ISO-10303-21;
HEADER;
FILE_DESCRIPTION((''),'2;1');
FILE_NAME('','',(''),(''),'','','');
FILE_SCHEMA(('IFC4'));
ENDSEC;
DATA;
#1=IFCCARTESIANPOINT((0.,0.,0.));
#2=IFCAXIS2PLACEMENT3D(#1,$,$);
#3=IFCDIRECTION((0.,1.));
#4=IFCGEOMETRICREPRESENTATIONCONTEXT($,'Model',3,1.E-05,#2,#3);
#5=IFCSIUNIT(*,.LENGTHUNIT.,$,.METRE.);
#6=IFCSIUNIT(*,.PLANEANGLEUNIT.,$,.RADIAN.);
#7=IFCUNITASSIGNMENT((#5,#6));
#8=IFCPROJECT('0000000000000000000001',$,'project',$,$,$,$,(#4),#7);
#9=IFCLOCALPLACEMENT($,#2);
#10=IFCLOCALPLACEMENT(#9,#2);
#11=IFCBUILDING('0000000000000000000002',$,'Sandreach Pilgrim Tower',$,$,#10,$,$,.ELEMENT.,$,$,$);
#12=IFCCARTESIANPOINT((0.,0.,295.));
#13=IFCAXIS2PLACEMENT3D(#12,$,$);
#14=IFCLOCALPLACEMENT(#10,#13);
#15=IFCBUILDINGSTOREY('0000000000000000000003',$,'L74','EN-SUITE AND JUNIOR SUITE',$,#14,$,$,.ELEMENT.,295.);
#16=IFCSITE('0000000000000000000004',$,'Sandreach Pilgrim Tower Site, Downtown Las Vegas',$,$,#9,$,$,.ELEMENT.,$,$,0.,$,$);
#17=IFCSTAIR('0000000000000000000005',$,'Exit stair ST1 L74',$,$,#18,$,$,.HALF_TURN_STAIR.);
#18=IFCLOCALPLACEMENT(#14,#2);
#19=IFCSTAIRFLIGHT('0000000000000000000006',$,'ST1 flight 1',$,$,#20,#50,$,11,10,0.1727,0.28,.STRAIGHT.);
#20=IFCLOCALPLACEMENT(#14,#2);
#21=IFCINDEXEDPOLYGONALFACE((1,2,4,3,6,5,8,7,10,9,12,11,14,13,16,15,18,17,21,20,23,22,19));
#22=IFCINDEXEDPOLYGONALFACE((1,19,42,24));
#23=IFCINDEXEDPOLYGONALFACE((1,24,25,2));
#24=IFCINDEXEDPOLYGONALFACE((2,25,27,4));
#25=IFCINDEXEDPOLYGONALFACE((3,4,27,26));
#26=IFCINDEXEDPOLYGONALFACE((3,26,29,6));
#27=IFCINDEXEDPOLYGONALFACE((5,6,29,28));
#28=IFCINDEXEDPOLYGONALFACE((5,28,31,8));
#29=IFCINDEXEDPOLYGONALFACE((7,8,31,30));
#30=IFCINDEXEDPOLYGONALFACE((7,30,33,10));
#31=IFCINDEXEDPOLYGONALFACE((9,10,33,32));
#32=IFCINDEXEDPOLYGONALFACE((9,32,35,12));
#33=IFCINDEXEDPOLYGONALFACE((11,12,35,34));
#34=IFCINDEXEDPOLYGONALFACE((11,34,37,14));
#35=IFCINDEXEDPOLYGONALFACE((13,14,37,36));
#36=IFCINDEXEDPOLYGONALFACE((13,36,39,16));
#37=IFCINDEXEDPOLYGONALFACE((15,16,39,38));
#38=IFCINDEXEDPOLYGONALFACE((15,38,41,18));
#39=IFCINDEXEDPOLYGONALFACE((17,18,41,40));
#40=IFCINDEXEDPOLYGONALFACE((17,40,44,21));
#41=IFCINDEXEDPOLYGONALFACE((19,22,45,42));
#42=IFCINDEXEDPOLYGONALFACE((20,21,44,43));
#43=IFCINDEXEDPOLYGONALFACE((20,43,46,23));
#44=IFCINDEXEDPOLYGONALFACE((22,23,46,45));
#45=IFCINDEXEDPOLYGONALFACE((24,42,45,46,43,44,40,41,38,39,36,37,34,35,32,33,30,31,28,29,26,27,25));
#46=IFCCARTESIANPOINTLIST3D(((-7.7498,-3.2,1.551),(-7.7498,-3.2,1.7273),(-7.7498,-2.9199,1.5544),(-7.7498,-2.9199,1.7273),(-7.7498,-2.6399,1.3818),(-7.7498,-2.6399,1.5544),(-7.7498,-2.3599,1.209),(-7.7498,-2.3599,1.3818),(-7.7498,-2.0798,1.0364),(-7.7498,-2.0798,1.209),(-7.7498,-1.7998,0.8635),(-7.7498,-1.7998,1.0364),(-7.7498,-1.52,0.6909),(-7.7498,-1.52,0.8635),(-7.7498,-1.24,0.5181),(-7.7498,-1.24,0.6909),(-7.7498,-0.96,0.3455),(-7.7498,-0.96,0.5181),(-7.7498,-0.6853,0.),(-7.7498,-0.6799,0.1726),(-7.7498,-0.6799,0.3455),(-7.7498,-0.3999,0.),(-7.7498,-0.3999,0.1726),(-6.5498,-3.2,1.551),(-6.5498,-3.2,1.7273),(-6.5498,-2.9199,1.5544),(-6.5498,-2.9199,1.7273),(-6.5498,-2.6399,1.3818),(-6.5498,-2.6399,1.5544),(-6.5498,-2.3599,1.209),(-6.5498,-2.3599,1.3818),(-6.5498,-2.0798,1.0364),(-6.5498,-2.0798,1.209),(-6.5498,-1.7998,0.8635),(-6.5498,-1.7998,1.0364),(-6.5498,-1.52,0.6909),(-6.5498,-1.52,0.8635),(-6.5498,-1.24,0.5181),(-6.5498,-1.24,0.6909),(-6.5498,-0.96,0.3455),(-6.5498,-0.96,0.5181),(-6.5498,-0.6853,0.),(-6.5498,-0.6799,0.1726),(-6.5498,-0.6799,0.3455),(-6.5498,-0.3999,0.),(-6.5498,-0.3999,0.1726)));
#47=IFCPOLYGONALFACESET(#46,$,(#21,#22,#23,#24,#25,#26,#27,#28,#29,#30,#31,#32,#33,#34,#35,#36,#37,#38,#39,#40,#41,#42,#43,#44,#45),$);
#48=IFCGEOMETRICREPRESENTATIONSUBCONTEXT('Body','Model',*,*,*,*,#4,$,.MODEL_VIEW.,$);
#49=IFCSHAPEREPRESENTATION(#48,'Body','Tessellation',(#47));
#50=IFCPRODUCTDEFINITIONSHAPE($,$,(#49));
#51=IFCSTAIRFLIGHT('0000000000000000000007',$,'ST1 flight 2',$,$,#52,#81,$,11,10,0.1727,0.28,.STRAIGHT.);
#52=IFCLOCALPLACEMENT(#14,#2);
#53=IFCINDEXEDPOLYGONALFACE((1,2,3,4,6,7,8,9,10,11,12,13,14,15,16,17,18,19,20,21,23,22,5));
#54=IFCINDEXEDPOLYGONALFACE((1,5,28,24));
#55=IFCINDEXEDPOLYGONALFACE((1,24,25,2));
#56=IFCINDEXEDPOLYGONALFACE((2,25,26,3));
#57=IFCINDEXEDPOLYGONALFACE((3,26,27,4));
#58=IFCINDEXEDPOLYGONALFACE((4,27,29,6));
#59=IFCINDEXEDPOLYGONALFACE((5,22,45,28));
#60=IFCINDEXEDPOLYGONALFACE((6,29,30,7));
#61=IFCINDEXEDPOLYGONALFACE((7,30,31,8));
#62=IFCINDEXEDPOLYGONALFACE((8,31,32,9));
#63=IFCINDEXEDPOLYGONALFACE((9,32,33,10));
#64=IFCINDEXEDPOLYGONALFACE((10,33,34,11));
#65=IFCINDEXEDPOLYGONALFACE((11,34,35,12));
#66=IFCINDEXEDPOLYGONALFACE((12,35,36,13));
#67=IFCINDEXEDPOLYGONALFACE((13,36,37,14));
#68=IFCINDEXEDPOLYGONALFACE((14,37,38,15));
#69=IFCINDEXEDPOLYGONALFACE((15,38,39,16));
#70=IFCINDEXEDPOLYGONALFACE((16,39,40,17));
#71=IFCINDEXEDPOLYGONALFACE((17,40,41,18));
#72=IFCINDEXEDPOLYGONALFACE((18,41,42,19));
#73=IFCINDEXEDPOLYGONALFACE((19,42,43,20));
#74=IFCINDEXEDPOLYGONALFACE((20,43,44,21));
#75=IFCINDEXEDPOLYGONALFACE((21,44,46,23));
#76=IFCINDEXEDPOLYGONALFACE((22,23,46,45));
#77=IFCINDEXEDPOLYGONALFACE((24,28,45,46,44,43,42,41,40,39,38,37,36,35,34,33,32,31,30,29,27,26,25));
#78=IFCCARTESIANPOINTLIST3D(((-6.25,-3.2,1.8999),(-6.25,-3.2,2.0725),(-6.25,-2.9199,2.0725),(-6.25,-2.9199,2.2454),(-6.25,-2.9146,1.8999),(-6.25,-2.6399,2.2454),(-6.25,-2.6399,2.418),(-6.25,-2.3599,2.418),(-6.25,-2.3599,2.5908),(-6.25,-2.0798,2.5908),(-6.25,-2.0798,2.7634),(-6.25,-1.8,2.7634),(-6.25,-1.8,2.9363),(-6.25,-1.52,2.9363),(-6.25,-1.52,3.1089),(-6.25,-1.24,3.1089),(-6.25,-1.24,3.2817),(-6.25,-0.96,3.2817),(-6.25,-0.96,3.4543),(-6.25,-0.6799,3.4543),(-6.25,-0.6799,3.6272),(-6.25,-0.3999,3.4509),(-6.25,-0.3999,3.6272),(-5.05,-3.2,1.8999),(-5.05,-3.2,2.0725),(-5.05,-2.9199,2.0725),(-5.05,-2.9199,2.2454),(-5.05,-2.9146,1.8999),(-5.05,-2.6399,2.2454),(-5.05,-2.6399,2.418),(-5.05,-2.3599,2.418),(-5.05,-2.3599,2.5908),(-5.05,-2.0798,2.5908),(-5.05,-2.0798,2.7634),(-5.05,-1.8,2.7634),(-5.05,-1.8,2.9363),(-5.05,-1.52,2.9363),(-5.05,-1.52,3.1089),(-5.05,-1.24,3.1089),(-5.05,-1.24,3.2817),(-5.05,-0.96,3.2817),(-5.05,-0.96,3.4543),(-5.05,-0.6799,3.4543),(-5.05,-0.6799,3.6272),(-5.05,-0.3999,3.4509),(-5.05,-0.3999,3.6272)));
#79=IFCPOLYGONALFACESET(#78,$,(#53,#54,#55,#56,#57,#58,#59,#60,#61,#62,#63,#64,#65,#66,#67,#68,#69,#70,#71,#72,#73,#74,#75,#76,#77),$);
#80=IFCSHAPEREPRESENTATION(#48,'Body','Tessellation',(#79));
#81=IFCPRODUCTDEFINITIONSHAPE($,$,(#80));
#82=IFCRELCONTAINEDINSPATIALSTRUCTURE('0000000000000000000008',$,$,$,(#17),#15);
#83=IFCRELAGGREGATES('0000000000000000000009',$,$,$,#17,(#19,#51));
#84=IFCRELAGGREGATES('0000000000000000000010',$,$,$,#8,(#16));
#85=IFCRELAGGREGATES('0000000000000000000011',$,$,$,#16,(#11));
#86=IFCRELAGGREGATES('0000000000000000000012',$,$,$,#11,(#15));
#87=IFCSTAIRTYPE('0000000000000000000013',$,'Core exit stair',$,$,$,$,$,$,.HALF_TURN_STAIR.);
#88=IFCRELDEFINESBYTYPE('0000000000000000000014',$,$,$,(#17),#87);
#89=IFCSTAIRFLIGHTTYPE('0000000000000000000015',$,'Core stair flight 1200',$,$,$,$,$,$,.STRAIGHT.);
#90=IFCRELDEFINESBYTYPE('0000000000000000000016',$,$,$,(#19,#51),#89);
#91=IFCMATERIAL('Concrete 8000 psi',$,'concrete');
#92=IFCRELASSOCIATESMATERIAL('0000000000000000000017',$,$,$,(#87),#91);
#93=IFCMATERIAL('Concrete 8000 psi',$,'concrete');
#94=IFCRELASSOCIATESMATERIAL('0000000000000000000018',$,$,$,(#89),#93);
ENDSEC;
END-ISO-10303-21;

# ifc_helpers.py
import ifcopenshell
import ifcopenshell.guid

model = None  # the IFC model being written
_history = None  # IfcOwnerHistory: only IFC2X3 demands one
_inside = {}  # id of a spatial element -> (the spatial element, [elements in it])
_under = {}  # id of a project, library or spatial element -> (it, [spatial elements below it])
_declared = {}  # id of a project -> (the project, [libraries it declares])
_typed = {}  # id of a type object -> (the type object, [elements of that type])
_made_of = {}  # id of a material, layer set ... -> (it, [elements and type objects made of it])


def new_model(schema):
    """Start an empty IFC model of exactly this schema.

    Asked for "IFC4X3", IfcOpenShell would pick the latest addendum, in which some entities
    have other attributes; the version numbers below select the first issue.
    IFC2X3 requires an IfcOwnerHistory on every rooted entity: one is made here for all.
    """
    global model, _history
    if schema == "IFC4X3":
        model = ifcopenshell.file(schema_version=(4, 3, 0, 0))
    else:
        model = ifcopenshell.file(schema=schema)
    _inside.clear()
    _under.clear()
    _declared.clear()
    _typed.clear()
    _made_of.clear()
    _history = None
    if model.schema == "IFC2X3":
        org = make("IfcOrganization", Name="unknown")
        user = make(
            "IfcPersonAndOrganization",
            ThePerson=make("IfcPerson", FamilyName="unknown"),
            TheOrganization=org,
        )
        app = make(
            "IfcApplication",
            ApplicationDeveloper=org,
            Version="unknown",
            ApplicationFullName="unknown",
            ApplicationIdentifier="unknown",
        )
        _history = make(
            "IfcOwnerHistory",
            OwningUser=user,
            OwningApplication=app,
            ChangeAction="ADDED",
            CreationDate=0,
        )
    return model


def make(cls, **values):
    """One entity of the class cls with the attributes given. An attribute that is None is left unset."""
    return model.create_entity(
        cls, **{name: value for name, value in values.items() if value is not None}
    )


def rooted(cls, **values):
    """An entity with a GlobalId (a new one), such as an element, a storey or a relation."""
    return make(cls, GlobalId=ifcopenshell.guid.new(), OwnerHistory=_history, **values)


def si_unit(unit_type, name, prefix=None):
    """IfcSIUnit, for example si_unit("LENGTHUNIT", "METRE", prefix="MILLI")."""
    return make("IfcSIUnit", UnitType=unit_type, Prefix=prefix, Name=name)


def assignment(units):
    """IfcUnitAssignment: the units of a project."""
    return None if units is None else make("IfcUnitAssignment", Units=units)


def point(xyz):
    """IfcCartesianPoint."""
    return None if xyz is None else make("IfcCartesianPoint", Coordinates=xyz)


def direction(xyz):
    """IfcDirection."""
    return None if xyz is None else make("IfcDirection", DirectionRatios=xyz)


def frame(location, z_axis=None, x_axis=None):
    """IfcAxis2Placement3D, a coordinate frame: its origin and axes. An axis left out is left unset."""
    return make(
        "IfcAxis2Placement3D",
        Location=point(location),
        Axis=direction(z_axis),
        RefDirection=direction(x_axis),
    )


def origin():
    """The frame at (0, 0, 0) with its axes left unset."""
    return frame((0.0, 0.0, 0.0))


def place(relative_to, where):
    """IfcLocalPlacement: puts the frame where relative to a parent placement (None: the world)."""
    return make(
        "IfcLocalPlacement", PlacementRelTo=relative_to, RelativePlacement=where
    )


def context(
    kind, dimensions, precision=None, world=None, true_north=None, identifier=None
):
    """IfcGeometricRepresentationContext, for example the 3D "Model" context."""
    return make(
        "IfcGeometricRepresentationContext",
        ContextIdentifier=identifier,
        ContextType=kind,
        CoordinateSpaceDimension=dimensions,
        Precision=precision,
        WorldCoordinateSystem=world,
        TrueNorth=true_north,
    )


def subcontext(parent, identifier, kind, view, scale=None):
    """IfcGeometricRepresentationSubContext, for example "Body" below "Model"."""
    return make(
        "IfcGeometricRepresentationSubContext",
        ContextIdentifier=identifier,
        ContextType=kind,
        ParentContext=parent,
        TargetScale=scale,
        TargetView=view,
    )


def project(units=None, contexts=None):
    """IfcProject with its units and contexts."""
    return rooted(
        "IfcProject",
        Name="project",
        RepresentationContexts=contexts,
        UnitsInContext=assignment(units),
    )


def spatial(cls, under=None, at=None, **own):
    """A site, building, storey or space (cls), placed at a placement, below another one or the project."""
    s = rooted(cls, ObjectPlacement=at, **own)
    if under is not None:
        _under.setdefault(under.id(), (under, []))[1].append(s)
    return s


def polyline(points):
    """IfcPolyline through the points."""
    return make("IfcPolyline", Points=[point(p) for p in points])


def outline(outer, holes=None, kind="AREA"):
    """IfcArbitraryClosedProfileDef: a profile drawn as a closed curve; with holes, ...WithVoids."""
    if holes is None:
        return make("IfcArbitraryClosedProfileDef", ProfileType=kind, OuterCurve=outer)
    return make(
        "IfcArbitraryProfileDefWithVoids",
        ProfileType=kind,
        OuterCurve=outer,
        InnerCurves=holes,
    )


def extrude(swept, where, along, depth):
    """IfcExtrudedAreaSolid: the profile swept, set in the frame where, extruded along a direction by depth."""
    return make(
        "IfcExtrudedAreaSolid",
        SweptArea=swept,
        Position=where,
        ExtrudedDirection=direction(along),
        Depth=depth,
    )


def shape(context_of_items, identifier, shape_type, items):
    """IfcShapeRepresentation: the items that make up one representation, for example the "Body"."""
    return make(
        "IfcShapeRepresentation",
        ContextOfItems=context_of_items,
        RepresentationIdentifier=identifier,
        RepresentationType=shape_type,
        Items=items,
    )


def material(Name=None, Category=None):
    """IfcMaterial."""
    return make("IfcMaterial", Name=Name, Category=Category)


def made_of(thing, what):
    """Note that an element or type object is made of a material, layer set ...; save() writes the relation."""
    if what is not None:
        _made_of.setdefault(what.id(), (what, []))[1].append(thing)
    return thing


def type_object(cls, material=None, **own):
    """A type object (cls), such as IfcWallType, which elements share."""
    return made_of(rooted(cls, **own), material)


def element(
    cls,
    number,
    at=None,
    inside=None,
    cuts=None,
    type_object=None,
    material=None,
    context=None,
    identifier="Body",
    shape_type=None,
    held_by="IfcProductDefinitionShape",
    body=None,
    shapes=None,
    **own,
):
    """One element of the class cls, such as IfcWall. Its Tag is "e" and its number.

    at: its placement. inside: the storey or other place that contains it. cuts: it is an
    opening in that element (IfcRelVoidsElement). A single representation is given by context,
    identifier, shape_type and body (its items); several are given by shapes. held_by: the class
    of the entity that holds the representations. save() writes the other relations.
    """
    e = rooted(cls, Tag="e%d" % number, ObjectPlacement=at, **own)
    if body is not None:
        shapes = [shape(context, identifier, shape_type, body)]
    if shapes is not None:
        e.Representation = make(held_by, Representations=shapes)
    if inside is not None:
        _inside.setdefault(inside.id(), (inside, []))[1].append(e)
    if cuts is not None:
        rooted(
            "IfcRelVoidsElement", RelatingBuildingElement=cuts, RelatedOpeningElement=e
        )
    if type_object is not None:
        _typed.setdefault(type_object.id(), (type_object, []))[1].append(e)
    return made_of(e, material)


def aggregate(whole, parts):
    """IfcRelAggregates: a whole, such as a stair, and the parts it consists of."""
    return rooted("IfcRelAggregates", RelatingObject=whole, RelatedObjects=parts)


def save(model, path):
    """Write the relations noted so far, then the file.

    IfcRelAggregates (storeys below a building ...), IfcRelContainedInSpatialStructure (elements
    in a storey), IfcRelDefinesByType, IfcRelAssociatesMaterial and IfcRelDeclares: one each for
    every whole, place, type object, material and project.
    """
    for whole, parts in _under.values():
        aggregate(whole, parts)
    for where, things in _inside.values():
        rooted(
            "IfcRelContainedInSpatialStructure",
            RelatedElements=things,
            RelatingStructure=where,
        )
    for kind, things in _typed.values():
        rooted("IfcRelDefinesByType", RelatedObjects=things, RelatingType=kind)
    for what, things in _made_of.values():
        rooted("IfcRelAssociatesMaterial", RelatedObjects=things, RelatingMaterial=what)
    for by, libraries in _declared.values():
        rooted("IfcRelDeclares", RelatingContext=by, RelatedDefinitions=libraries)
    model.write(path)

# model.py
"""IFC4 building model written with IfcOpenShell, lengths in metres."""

from ifc_helpers import new_model, si_unit, direction, frame, origin, place, context, subcontext, project, spatial, polyline, outline, extrude, material, type_object, element, aggregate, save


model = new_model("IFC4")

# Units and contexts
model_context = context("Model", 3, precision=1e-05, world=origin(), true_north=direction((0.0, 1.0)))
body_context = subcontext(model_context, "Body", "Model", "MODEL_VIEW")
ifc_project = project(units=[si_unit("LENGTHUNIT", "METRE"), si_unit("PLANEANGLEUNIT", "RADIAN")], contexts=[model_context])

# Site, building, storey
site_placement = place(None, origin())
site = spatial("IfcSite", under=ifc_project, at=site_placement, Name="Sandreach Pilgrim Tower Site, Downtown Las Vegas", CompositionType="ELEMENT", RefElevation=0.0)
building_placement = place(site_placement, origin())
building = spatial("IfcBuilding", under=site, at=building_placement, Name="Sandreach Pilgrim Tower", CompositionType="ELEMENT")
storey_placement = place(building_placement, frame((0.0, 0.0, 295.0)))
storey = spatial("IfcBuildingStorey", under=building, at=storey_placement, Name="L74", Description="EN-SUITE AND JUNIOR SUITE", CompositionType="ELEMENT", Elevation=295.0)

# Stair, stair flights
ifc_material_1 = material(Name="Concrete 8000 psi", Category="concrete")
stair_type = type_object("IfcStairType", Name="Core exit stair", PredefinedType="HALF_TURN_STAIR", material=ifc_material_1)
stair_placement = place(storey_placement, origin())
stair = element("IfcStair", 1, at=stair_placement, inside=storey, type_object=stair_type, Name="Exit stair ST1 L74", PredefinedType="HALF_TURN_STAIR")
ifc_material_2 = material(Name="Concrete 8000 psi", Category="concrete")
stair_flight_type = type_object("IfcStairFlightType", Name="Core stair flight 1200", PredefinedType="STRAIGHT", material=ifc_material_2)
stair_flight_1_placement = place(storey_placement, frame((-7.1499, -0.3999, 0.0), z_axis=(0.0, 0.0, 1.0), x_axis=(0.0, -1.0, 0.0)))
stair_flight_1 = element("IfcStairFlight", 2, at=stair_flight_1_placement, type_object=stair_flight_type, Name="ST1 flight 1", NumberOfRisers=11, NumberOfTreads=10, PredefinedType="STRAIGHT", RiserHeight=0.1727, TreadLength=0.28, context=body_context, shape_type="SweptSolid", body=[
    extrude(outline(polyline([(0.0, 0.0), (0.0, 0.1726), (0.28, 0.1726), (0.28, 0.3455), (0.5601, 0.3455), (0.5601, 0.5181), (0.8401, 0.5181), (0.8401, 0.6909), (1.1201, 0.6909), (1.1201, 0.8635), (1.3999, 0.8635), (1.3999, 1.0364), (1.6799, 1.0364), (1.6799, 1.209), (1.96, 1.209), (1.96, 1.3818), (2.24, 1.3818), (2.24, 1.5544), (2.52, 1.5544), (2.52, 1.7273), (2.8, 1.7273), (2.8, 1.8999), (2.8, 1.551), (0.2854, 0.0), (0.0, 0.0)])), frame((0.0, 0.6001, 0.0), z_axis=(0.0, -1.0, 0.0), x_axis=(1.0, 0.0, 0.0)), (0.0, 0.0, 1.0), 1.2),
])
stair_flight_2_placement = place(storey_placement, frame((-5.6499, -3.2, 1.8999), z_axis=(0.0, 0.0, 1.0), x_axis=(0.0, 1.0, 0.0)))
stair_flight_2 = element("IfcStairFlight", 3, at=stair_flight_2_placement, type_object=stair_flight_type, Name="ST1 flight 2", NumberOfRisers=11, NumberOfTreads=10, PredefinedType="STRAIGHT", RiserHeight=0.1727, TreadLength=0.28, context=body_context, shape_type="SweptSolid", body=[
    extrude(outline(polyline([(0.0, 0.0), (0.0, 0.1726), (0.28, 0.1726), (0.28, 0.3455), (0.5601, 0.3455), (0.5601, 0.5181), (0.8401, 0.5181), (0.8401, 0.6909), (1.1201, 0.6909), (1.1201, 0.8635), (1.3999, 0.8635), (1.3999, 1.0364), (1.6799, 1.0364), (1.6799, 1.209), (1.96, 1.209), (1.96, 1.3818), (2.24, 1.3818), (2.24, 1.5544), (2.52, 1.5544), (2.52, 1.7273), (2.8, 1.7273), (2.8, 1.8999), (2.8, 1.551), (0.2854, 0.0), (0.0, 0.0)])), frame((0.0, 0.6001, 0.0), z_axis=(0.0, -1.0, 0.0), x_axis=(1.0, 0.0, 0.0)), (0.0, 0.0, 1.0), 1.2),
])
aggregate(stair, [stair_flight_1, stair_flight_2])

save(model, "model.ifc")
